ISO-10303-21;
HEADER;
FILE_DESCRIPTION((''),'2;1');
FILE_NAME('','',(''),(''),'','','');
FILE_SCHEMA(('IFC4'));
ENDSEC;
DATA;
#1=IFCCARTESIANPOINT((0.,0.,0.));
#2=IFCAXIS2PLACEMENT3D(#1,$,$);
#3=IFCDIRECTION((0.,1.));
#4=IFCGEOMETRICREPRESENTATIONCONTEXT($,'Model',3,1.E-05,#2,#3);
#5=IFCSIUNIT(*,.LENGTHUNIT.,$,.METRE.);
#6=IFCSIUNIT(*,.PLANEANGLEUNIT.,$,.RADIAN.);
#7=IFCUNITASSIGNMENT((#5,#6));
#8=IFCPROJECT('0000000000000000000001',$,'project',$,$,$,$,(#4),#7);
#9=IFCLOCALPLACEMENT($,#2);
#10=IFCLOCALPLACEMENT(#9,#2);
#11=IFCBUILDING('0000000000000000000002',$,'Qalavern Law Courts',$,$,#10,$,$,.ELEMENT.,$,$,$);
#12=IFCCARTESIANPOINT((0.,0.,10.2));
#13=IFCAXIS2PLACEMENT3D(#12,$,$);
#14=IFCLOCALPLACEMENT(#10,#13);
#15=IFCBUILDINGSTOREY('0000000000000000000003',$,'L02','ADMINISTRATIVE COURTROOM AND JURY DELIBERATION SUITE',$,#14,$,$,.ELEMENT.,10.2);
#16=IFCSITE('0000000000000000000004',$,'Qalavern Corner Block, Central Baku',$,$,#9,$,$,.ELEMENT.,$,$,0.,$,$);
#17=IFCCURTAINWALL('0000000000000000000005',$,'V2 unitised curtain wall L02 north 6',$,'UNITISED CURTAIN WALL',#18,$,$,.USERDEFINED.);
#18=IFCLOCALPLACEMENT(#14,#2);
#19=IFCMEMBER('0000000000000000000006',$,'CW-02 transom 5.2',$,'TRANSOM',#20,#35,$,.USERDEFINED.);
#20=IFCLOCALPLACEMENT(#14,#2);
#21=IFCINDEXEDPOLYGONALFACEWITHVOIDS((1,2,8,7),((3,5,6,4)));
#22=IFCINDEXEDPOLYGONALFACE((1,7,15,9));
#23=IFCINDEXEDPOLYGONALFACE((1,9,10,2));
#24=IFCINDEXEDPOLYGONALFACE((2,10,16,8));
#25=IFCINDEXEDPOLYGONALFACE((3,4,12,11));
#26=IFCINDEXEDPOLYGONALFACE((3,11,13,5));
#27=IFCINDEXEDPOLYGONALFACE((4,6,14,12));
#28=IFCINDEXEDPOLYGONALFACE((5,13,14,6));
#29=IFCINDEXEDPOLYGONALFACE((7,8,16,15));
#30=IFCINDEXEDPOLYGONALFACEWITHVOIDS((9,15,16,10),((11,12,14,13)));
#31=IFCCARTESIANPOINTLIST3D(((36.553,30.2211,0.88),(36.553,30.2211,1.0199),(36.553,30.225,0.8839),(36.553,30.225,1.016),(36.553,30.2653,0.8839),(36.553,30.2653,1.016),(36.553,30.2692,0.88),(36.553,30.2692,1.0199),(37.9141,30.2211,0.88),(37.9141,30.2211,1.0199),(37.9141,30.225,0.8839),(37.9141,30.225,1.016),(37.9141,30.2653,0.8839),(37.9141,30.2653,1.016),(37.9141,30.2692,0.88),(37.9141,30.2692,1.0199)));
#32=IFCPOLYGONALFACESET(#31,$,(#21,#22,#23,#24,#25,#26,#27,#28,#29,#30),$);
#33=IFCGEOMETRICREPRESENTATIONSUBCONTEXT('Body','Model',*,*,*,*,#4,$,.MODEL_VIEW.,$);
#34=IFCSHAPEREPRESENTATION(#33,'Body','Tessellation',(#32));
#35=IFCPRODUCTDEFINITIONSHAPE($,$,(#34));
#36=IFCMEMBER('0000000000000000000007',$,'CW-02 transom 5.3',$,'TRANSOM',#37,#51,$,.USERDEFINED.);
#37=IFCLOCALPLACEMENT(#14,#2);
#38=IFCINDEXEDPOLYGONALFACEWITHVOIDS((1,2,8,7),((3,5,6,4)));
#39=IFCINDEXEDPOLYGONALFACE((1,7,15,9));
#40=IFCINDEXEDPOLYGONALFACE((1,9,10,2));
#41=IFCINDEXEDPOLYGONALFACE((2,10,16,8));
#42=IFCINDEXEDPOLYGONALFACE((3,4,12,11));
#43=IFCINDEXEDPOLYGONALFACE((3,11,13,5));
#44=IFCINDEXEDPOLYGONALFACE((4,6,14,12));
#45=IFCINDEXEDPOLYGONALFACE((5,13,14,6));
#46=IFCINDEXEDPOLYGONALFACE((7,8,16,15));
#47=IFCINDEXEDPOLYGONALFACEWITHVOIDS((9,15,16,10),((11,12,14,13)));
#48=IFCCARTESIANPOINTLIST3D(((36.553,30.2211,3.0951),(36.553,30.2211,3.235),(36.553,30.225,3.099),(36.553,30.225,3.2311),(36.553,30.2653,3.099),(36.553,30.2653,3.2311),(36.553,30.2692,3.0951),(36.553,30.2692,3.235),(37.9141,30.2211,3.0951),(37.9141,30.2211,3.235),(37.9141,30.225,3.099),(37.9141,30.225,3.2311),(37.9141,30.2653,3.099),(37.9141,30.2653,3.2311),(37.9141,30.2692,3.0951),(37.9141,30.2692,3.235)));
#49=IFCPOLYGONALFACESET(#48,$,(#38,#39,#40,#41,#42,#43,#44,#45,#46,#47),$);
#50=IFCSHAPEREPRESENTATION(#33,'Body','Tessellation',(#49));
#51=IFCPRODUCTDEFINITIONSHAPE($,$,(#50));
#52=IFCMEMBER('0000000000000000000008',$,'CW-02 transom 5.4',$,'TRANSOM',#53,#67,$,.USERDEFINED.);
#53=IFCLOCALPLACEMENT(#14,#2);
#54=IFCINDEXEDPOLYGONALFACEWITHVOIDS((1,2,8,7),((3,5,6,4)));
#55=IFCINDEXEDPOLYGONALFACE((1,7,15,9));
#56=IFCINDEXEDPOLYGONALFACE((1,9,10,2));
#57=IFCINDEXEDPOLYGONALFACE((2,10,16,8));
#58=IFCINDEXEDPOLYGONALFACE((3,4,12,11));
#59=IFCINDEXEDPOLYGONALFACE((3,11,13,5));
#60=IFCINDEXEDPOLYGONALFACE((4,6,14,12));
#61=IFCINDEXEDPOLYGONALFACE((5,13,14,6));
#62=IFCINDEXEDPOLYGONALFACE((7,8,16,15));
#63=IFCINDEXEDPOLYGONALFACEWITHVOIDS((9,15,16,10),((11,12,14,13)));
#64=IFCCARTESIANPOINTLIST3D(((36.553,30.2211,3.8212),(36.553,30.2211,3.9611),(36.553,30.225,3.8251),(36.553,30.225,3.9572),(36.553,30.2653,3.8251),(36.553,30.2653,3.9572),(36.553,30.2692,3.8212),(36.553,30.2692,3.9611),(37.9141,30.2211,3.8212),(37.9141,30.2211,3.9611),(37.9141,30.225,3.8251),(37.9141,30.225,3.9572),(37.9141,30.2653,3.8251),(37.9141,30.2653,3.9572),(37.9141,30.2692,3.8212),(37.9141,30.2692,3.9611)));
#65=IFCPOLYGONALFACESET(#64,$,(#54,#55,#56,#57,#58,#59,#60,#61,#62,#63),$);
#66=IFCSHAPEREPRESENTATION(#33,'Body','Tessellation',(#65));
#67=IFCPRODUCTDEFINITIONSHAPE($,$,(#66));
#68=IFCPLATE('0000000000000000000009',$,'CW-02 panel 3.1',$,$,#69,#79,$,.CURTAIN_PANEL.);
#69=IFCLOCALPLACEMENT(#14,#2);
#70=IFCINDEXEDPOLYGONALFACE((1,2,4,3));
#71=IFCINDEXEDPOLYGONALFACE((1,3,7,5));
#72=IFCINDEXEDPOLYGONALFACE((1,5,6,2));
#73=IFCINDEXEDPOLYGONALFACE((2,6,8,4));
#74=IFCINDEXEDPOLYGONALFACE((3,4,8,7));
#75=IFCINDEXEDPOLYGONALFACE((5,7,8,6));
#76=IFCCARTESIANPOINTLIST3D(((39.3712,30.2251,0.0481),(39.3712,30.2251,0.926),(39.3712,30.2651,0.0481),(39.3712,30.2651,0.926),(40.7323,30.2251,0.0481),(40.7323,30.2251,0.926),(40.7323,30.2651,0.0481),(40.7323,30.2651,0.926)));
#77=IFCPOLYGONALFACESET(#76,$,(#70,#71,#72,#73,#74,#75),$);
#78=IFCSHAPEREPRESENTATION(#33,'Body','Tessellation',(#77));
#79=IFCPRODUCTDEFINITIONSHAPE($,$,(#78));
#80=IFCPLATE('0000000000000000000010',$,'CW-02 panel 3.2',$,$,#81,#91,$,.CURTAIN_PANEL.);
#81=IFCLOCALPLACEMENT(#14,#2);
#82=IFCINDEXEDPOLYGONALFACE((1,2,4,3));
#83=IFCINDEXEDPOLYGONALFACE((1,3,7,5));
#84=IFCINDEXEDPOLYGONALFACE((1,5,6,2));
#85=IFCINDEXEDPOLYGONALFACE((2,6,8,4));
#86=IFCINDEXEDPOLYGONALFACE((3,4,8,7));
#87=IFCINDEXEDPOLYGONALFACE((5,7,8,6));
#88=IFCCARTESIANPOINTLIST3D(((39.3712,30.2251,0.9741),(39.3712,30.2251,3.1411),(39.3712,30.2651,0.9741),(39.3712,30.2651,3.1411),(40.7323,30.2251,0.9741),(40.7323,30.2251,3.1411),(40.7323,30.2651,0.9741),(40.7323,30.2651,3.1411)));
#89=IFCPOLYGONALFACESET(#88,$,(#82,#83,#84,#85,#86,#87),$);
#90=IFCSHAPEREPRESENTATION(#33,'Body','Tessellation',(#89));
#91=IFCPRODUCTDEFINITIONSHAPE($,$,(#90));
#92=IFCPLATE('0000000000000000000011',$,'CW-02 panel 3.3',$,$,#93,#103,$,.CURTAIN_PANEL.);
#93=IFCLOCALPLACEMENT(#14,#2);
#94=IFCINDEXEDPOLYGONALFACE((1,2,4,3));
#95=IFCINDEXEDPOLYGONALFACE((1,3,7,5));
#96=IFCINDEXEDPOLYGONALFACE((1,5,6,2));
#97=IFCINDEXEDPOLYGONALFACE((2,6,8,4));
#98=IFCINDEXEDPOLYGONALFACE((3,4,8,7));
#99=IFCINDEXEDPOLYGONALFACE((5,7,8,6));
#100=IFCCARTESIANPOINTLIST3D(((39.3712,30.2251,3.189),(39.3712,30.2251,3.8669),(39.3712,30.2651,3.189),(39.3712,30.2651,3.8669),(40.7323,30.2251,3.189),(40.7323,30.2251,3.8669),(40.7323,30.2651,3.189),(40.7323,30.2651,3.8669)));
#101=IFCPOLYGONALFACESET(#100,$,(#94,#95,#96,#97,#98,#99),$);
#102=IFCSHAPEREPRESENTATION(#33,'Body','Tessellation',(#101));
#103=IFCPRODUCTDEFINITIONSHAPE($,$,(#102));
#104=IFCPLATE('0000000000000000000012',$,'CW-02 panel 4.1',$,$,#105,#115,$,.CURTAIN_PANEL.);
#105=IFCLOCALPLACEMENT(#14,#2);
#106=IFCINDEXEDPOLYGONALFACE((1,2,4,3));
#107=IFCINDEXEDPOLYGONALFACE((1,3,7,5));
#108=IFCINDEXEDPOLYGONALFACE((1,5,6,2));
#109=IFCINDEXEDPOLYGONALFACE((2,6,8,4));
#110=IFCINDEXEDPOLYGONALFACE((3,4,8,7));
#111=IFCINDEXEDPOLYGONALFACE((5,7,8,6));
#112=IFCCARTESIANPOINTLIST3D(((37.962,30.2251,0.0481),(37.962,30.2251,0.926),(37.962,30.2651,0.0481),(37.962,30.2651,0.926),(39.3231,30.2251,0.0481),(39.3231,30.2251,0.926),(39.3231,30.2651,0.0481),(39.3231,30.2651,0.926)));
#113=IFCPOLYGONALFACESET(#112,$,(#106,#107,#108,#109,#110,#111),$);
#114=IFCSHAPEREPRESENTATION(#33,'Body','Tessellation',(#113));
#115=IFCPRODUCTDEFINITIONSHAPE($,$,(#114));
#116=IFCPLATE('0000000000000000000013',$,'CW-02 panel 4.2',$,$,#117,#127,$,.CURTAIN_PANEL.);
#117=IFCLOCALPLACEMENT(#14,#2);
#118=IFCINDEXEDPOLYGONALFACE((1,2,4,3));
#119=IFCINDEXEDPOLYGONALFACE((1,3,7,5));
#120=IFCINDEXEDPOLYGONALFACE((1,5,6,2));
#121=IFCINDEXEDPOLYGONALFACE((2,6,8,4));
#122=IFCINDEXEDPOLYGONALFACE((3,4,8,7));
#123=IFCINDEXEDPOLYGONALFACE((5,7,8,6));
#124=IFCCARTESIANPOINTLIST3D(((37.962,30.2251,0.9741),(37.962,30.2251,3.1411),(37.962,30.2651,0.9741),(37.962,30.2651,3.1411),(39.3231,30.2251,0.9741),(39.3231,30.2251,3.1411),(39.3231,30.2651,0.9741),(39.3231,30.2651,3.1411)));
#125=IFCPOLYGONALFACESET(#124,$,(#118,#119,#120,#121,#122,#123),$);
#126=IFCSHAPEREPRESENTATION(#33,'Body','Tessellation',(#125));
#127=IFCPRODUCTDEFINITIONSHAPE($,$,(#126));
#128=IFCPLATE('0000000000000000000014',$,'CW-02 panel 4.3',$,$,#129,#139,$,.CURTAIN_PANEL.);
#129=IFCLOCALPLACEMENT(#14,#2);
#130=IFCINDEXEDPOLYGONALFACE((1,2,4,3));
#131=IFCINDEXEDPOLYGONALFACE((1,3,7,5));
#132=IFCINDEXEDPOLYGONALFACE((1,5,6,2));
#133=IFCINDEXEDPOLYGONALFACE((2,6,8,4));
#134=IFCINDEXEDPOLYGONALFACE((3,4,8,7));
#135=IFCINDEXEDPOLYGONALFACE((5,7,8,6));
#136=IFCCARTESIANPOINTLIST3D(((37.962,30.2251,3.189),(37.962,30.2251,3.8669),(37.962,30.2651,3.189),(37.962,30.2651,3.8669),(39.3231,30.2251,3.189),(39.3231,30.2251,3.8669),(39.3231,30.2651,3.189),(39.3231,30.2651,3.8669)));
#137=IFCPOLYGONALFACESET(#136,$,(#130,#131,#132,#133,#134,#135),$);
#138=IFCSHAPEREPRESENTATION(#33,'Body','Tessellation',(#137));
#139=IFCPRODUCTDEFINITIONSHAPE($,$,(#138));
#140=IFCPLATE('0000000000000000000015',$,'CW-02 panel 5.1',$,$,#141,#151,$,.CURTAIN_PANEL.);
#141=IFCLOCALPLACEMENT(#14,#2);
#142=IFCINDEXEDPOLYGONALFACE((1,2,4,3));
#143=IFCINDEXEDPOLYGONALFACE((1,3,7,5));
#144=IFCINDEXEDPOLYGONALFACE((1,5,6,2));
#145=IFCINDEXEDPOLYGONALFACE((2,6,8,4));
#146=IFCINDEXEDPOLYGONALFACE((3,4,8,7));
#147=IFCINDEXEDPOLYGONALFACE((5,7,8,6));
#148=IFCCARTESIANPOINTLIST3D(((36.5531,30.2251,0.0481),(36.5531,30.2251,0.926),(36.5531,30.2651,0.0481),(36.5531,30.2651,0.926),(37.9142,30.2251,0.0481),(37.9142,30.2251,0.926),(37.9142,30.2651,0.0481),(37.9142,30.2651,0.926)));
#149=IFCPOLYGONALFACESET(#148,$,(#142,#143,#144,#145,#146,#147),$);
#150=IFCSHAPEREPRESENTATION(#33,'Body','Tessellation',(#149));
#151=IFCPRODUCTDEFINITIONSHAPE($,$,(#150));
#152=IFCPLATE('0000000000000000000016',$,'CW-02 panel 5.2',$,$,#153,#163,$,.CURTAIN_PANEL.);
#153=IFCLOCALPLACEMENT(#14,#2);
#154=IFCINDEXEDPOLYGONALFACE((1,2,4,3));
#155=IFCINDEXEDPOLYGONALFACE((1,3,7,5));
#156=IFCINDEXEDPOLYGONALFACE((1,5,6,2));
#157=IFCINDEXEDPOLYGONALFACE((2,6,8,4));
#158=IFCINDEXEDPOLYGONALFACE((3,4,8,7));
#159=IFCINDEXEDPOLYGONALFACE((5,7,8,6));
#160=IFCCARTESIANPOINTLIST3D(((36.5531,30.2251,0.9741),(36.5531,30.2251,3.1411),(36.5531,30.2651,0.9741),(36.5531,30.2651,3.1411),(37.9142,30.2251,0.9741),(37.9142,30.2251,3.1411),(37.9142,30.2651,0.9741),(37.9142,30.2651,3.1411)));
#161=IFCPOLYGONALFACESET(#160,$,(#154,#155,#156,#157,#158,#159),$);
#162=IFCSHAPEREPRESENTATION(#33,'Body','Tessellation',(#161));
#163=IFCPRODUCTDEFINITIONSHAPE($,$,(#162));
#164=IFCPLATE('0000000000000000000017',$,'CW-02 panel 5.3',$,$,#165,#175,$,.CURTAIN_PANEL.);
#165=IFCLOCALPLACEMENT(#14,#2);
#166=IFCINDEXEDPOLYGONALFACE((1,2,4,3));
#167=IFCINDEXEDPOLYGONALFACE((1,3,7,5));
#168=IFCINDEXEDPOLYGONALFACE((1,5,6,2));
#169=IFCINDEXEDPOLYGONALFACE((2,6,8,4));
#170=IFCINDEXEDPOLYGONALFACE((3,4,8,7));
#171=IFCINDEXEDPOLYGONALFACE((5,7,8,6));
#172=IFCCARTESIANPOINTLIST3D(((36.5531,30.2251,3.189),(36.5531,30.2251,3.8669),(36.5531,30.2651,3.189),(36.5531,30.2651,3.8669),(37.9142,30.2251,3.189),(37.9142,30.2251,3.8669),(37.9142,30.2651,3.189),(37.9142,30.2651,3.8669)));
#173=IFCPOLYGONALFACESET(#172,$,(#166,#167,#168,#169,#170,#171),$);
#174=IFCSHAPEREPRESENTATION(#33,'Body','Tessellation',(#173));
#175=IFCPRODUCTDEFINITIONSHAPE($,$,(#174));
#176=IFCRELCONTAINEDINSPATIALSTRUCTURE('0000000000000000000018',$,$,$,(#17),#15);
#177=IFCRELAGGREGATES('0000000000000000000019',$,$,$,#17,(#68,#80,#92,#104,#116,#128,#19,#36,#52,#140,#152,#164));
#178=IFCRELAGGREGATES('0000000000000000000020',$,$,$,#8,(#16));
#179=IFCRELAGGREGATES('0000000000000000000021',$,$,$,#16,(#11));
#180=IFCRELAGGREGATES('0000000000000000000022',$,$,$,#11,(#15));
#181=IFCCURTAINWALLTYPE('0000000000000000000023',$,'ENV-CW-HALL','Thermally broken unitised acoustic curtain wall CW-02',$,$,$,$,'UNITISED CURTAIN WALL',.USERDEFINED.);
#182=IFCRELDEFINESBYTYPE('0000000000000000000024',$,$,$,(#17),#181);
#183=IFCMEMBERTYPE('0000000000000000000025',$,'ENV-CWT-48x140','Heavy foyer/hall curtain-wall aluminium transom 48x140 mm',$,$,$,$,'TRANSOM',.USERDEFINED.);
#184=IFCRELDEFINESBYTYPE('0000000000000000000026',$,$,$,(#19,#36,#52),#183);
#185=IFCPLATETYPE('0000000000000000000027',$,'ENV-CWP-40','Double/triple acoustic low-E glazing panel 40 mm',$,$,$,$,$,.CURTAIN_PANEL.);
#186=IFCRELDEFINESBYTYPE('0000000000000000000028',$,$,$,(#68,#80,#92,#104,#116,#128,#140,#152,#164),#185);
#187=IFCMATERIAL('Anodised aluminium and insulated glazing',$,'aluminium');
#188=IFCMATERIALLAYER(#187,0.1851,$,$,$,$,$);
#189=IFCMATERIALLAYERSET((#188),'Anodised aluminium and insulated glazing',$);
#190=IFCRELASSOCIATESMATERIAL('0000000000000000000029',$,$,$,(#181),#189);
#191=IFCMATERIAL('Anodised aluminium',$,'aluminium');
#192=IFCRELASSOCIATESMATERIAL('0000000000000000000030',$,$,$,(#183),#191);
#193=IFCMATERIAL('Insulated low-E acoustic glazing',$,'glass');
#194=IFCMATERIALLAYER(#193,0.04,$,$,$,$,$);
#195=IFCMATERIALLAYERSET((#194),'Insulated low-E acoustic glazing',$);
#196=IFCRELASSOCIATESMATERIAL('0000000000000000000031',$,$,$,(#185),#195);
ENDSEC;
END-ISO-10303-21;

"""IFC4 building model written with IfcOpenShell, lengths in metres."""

from ifc_helpers import new_model, si_unit, direction, frame, origin, origin_2d, place, context, subcontext, project, spatial, rectangle, hollow_rectangle, extrude, material, layer, layer_set, material_profile, profile_set, type_object, element, aggregate, save


model = new_model("IFC4")

# Units and contexts
model_context = context("Model", 3, precision=1e-05, world=origin(), true_north=direction((0.0, 1.0)))
body_context = subcontext(model_context, "Body", "Model", "MODEL_VIEW")
ifc_project = project(units=[si_unit("LENGTHUNIT", "METRE"), si_unit("PLANEANGLEUNIT", "RADIAN")], contexts=[model_context])

# Site, building, storey
site_placement = place(None, origin())
site = spatial("IfcSite", under=ifc_project, at=site_placement, Name="Qalavern Corner Block, Central Baku", CompositionType="ELEMENT", RefElevation=0.0)
building_placement = place(site_placement, origin())
building = spatial("IfcBuilding", under=site, at=building_placement, Name="Qalavern Law Courts", CompositionType="ELEMENT")
storey_placement = place(building_placement, frame((0.0, 0.0, 10.2)))
storey = spatial("IfcBuildingStorey", under=building, at=storey_placement, Name="L02", Description="ADMINISTRATIVE COURTROOM AND JURY DELIBERATION SUITE", CompositionType="ELEMENT", Elevation=10.2)

# Curtain wall, members, plates
ifc_material_1 = material(Name="Anodised aluminium and insulated glazing", Category="aluminium")
ifc_layer_1 = layer(ifc_material_1, 0.1851)
ifc_layer_set_1 = layer_set([ifc_layer_1], Name="Anodised aluminium and insulated glazing")
curtain_wall_type = type_object("IfcCurtainWallType", Name="ENV-CW-HALL", Description="Thermally broken unitised acoustic curtain wall CW-02", ElementType="UNITISED CURTAIN WALL", PredefinedType="USERDEFINED", material=ifc_layer_set_1)
curtain_wall_placement = place(storey_placement, origin())
curtain_wall = element("IfcCurtainWall", 1, at=curtain_wall_placement, inside=storey, type_object=curtain_wall_type, Name="V2 unitised curtain wall L02 north 6", ObjectType="UNITISED CURTAIN WALL", PredefinedType="USERDEFINED")
ifc_material_2 = material(Name="Anodised aluminium", Category="aluminium")
ifc_material_profile_1 = material_profile(ifc_material_2, hollow_rectangle(XDim=0.0481, YDim=0.1399, WallThickness=0.0039, at=origin_2d()), Name="ALU TRANSOM 48x140")
ifc_profile_set_1 = profile_set([ifc_material_profile_1], Name="Anodised aluminium")
member_type_1 = type_object("IfcMemberType", Name="ENV-CWT-48x140", Description="Heavy foyer/hall curtain-wall aluminium transom 48x140 mm", ElementType="TRANSOM", PredefinedType="USERDEFINED", material=ifc_profile_set_1)
member_1_placement = place(storey_placement, frame((37.9141, 30.2451, 0.95), z_axis=(-1.0, 0.0, 0.0), x_axis=(0.0, -1.0, 0.0)))
member_1 = element("IfcMember", 2, at=member_1_placement, type_object=member_type_1, Name="CW-02 transom 5.2", ObjectType="TRANSOM", PredefinedType="USERDEFINED", context=body_context, shape_type="SweptSolid", body=[
    extrude(hollow_rectangle(XDim=0.0481, YDim=0.1399, WallThickness=0.0039, at=origin_2d()), origin(), (0.0, 0.0, 1.0), 1.3611),
])
member_2_placement = place(storey_placement, frame((37.9141, 30.2451, 3.165), z_axis=(-1.0, 0.0, 0.0), x_axis=(0.0, -1.0, 0.0)))
member_2 = element("IfcMember", 3, at=member_2_placement, type_object=member_type_1, Name="CW-02 transom 5.3", ObjectType="TRANSOM", PredefinedType="USERDEFINED", context=body_context, shape_type="SweptSolid", body=[
    extrude(hollow_rectangle(XDim=0.0481, YDim=0.1399, WallThickness=0.0039, at=origin_2d()), origin(), (0.0, 0.0, 1.0), 1.3611),
])
member_3_placement = place(storey_placement, frame((37.9141, 30.2451, 3.8911), z_axis=(-1.0, 0.0, 0.0), x_axis=(0.0, -1.0, 0.0)))
member_3 = element("IfcMember", 4, at=member_3_placement, type_object=member_type_1, Name="CW-02 transom 5.4", ObjectType="TRANSOM", PredefinedType="USERDEFINED", context=body_context, shape_type="SweptSolid", body=[
    extrude(hollow_rectangle(XDim=0.0481, YDim=0.1399, WallThickness=0.0039, at=origin_2d()), origin(), (0.0, 0.0, 1.0), 1.3611),
])
ifc_material_3 = material(Name="Insulated low-E acoustic glazing", Category="glass")
ifc_layer_2 = layer(ifc_material_3, 0.04)
ifc_layer_set_2 = layer_set([ifc_layer_2], Name="Insulated low-E acoustic glazing")
plate_type = type_object("IfcPlateType", Name="ENV-CWP-40", Description="Double/triple acoustic low-E glazing panel 40 mm", PredefinedType="CURTAIN_PANEL", material=ifc_layer_set_2)
plate_1_placement = place(storey_placement, frame((40.0518, 30.2451, 0.0481), z_axis=(0.0, 0.0, 1.0), x_axis=(-1.0, 0.0, 0.0)))
plate_1 = element("IfcPlate", 5, at=plate_1_placement, type_object=plate_type, Name="CW-02 panel 3.1", PredefinedType="CURTAIN_PANEL", context=body_context, shape_type="SweptSolid", body=[
    extrude(rectangle(XDim=1.3611, YDim=0.04, at=origin_2d()), origin(), (0.0, 0.0, 1.0), 0.8779),
])
plate_2_placement = place(storey_placement, frame((40.0518, 30.2451, 0.9741), z_axis=(0.0, 0.0, 1.0), x_axis=(-1.0, 0.0, 0.0)))
plate_2 = element("IfcPlate", 6, at=plate_2_placement, type_object=plate_type, Name="CW-02 panel 3.2", PredefinedType="CURTAIN_PANEL", context=body_context, shape_type="SweptSolid", body=[
    extrude(rectangle(XDim=1.3611, YDim=0.04, at=origin_2d()), origin(), (0.0, 0.0, 1.0), 2.167),
])
plate_3_placement = place(storey_placement, frame((40.0518, 30.2451, 3.189), z_axis=(0.0, 0.0, 1.0), x_axis=(-1.0, 0.0, 0.0)))
plate_3 = element("IfcPlate", 7, at=plate_3_placement, type_object=plate_type, Name="CW-02 panel 3.3", PredefinedType="CURTAIN_PANEL", context=body_context, shape_type="SweptSolid", body=[
    extrude(rectangle(XDim=1.3611, YDim=0.04, at=origin_2d()), origin(), (0.0, 0.0, 1.0), 0.678),
])
plate_4_placement = place(storey_placement, frame((38.6426, 30.2451, 0.0481), z_axis=(0.0, 0.0, 1.0), x_axis=(-1.0, 0.0, 0.0)))
plate_4 = element("IfcPlate", 8, at=plate_4_placement, type_object=plate_type, Name="CW-02 panel 4.1", PredefinedType="CURTAIN_PANEL", context=body_context, shape_type="SweptSolid", body=[
    extrude(rectangle(XDim=1.3611, YDim=0.04, at=origin_2d()), origin(), (0.0, 0.0, 1.0), 0.8779),
])
plate_5_placement = place(storey_placement, frame((38.6426, 30.2451, 0.9741), z_axis=(0.0, 0.0, 1.0), x_axis=(-1.0, 0.0, 0.0)))
plate_5 = element("IfcPlate", 9, at=plate_5_placement, type_object=plate_type, Name="CW-02 panel 4.2", PredefinedType="CURTAIN_PANEL", context=body_context, shape_type="SweptSolid", body=[
    extrude(rectangle(XDim=1.3611, YDim=0.04, at=origin_2d()), origin(), (0.0, 0.0, 1.0), 2.167),
])
plate_6_placement = place(storey_placement, frame((38.6426, 30.2451, 3.189), z_axis=(0.0, 0.0, 1.0), x_axis=(-1.0, 0.0, 0.0)))
plate_6 = element("IfcPlate", 10, at=plate_6_placement, type_object=plate_type, Name="CW-02 panel 4.3", PredefinedType="CURTAIN_PANEL", context=body_context, shape_type="SweptSolid", body=[
    extrude(rectangle(XDim=1.3611, YDim=0.04, at=origin_2d()), origin(), (0.0, 0.0, 1.0), 0.678),
])
plate_7_placement = place(storey_placement, frame((37.2336, 30.2451, 0.0481), z_axis=(0.0, 0.0, 1.0), x_axis=(-1.0, 0.0, 0.0)))
plate_7 = element("IfcPlate", 11, at=plate_7_placement, type_object=plate_type, Name="CW-02 panel 5.1", PredefinedType="CURTAIN_PANEL", context=body_context, shape_type="SweptSolid", body=[
    extrude(rectangle(XDim=1.3611, YDim=0.04, at=origin_2d()), origin(), (0.0, 0.0, 1.0), 0.8779),
])
plate_8_placement = place(storey_placement, frame((37.2336, 30.2451, 0.9741), z_axis=(0.0, 0.0, 1.0), x_axis=(-1.0, 0.0, 0.0)))
plate_8 = element("IfcPlate", 12, at=plate_8_placement, type_object=plate_type, Name="CW-02 panel 5.2", PredefinedType="CURTAIN_PANEL", context=body_context, shape_type="SweptSolid", body=[
    extrude(rectangle(XDim=1.3611, YDim=0.04, at=origin_2d()), origin(), (0.0, 0.0, 1.0), 2.167),
])
plate_9_placement = place(storey_placement, frame((37.2336, 30.2451, 3.189), z_axis=(0.0, 0.0, 1.0), x_axis=(-1.0, 0.0, 0.0)))
plate_9 = element("IfcPlate", 13, at=plate_9_placement, type_object=plate_type, Name="CW-02 panel 5.3", PredefinedType="CURTAIN_PANEL", context=body_context, shape_type="SweptSolid", body=[
    extrude(rectangle(XDim=1.3611, YDim=0.04, at=origin_2d()), origin(), (0.0, 0.0, 1.0), 0.678),
])
aggregate(curtain_wall, [plate_1, plate_2, plate_3, plate_4, plate_5, plate_6, member_1, member_2, member_3, plate_7, plate_8, plate_9])

save(model, "model.ifc")
